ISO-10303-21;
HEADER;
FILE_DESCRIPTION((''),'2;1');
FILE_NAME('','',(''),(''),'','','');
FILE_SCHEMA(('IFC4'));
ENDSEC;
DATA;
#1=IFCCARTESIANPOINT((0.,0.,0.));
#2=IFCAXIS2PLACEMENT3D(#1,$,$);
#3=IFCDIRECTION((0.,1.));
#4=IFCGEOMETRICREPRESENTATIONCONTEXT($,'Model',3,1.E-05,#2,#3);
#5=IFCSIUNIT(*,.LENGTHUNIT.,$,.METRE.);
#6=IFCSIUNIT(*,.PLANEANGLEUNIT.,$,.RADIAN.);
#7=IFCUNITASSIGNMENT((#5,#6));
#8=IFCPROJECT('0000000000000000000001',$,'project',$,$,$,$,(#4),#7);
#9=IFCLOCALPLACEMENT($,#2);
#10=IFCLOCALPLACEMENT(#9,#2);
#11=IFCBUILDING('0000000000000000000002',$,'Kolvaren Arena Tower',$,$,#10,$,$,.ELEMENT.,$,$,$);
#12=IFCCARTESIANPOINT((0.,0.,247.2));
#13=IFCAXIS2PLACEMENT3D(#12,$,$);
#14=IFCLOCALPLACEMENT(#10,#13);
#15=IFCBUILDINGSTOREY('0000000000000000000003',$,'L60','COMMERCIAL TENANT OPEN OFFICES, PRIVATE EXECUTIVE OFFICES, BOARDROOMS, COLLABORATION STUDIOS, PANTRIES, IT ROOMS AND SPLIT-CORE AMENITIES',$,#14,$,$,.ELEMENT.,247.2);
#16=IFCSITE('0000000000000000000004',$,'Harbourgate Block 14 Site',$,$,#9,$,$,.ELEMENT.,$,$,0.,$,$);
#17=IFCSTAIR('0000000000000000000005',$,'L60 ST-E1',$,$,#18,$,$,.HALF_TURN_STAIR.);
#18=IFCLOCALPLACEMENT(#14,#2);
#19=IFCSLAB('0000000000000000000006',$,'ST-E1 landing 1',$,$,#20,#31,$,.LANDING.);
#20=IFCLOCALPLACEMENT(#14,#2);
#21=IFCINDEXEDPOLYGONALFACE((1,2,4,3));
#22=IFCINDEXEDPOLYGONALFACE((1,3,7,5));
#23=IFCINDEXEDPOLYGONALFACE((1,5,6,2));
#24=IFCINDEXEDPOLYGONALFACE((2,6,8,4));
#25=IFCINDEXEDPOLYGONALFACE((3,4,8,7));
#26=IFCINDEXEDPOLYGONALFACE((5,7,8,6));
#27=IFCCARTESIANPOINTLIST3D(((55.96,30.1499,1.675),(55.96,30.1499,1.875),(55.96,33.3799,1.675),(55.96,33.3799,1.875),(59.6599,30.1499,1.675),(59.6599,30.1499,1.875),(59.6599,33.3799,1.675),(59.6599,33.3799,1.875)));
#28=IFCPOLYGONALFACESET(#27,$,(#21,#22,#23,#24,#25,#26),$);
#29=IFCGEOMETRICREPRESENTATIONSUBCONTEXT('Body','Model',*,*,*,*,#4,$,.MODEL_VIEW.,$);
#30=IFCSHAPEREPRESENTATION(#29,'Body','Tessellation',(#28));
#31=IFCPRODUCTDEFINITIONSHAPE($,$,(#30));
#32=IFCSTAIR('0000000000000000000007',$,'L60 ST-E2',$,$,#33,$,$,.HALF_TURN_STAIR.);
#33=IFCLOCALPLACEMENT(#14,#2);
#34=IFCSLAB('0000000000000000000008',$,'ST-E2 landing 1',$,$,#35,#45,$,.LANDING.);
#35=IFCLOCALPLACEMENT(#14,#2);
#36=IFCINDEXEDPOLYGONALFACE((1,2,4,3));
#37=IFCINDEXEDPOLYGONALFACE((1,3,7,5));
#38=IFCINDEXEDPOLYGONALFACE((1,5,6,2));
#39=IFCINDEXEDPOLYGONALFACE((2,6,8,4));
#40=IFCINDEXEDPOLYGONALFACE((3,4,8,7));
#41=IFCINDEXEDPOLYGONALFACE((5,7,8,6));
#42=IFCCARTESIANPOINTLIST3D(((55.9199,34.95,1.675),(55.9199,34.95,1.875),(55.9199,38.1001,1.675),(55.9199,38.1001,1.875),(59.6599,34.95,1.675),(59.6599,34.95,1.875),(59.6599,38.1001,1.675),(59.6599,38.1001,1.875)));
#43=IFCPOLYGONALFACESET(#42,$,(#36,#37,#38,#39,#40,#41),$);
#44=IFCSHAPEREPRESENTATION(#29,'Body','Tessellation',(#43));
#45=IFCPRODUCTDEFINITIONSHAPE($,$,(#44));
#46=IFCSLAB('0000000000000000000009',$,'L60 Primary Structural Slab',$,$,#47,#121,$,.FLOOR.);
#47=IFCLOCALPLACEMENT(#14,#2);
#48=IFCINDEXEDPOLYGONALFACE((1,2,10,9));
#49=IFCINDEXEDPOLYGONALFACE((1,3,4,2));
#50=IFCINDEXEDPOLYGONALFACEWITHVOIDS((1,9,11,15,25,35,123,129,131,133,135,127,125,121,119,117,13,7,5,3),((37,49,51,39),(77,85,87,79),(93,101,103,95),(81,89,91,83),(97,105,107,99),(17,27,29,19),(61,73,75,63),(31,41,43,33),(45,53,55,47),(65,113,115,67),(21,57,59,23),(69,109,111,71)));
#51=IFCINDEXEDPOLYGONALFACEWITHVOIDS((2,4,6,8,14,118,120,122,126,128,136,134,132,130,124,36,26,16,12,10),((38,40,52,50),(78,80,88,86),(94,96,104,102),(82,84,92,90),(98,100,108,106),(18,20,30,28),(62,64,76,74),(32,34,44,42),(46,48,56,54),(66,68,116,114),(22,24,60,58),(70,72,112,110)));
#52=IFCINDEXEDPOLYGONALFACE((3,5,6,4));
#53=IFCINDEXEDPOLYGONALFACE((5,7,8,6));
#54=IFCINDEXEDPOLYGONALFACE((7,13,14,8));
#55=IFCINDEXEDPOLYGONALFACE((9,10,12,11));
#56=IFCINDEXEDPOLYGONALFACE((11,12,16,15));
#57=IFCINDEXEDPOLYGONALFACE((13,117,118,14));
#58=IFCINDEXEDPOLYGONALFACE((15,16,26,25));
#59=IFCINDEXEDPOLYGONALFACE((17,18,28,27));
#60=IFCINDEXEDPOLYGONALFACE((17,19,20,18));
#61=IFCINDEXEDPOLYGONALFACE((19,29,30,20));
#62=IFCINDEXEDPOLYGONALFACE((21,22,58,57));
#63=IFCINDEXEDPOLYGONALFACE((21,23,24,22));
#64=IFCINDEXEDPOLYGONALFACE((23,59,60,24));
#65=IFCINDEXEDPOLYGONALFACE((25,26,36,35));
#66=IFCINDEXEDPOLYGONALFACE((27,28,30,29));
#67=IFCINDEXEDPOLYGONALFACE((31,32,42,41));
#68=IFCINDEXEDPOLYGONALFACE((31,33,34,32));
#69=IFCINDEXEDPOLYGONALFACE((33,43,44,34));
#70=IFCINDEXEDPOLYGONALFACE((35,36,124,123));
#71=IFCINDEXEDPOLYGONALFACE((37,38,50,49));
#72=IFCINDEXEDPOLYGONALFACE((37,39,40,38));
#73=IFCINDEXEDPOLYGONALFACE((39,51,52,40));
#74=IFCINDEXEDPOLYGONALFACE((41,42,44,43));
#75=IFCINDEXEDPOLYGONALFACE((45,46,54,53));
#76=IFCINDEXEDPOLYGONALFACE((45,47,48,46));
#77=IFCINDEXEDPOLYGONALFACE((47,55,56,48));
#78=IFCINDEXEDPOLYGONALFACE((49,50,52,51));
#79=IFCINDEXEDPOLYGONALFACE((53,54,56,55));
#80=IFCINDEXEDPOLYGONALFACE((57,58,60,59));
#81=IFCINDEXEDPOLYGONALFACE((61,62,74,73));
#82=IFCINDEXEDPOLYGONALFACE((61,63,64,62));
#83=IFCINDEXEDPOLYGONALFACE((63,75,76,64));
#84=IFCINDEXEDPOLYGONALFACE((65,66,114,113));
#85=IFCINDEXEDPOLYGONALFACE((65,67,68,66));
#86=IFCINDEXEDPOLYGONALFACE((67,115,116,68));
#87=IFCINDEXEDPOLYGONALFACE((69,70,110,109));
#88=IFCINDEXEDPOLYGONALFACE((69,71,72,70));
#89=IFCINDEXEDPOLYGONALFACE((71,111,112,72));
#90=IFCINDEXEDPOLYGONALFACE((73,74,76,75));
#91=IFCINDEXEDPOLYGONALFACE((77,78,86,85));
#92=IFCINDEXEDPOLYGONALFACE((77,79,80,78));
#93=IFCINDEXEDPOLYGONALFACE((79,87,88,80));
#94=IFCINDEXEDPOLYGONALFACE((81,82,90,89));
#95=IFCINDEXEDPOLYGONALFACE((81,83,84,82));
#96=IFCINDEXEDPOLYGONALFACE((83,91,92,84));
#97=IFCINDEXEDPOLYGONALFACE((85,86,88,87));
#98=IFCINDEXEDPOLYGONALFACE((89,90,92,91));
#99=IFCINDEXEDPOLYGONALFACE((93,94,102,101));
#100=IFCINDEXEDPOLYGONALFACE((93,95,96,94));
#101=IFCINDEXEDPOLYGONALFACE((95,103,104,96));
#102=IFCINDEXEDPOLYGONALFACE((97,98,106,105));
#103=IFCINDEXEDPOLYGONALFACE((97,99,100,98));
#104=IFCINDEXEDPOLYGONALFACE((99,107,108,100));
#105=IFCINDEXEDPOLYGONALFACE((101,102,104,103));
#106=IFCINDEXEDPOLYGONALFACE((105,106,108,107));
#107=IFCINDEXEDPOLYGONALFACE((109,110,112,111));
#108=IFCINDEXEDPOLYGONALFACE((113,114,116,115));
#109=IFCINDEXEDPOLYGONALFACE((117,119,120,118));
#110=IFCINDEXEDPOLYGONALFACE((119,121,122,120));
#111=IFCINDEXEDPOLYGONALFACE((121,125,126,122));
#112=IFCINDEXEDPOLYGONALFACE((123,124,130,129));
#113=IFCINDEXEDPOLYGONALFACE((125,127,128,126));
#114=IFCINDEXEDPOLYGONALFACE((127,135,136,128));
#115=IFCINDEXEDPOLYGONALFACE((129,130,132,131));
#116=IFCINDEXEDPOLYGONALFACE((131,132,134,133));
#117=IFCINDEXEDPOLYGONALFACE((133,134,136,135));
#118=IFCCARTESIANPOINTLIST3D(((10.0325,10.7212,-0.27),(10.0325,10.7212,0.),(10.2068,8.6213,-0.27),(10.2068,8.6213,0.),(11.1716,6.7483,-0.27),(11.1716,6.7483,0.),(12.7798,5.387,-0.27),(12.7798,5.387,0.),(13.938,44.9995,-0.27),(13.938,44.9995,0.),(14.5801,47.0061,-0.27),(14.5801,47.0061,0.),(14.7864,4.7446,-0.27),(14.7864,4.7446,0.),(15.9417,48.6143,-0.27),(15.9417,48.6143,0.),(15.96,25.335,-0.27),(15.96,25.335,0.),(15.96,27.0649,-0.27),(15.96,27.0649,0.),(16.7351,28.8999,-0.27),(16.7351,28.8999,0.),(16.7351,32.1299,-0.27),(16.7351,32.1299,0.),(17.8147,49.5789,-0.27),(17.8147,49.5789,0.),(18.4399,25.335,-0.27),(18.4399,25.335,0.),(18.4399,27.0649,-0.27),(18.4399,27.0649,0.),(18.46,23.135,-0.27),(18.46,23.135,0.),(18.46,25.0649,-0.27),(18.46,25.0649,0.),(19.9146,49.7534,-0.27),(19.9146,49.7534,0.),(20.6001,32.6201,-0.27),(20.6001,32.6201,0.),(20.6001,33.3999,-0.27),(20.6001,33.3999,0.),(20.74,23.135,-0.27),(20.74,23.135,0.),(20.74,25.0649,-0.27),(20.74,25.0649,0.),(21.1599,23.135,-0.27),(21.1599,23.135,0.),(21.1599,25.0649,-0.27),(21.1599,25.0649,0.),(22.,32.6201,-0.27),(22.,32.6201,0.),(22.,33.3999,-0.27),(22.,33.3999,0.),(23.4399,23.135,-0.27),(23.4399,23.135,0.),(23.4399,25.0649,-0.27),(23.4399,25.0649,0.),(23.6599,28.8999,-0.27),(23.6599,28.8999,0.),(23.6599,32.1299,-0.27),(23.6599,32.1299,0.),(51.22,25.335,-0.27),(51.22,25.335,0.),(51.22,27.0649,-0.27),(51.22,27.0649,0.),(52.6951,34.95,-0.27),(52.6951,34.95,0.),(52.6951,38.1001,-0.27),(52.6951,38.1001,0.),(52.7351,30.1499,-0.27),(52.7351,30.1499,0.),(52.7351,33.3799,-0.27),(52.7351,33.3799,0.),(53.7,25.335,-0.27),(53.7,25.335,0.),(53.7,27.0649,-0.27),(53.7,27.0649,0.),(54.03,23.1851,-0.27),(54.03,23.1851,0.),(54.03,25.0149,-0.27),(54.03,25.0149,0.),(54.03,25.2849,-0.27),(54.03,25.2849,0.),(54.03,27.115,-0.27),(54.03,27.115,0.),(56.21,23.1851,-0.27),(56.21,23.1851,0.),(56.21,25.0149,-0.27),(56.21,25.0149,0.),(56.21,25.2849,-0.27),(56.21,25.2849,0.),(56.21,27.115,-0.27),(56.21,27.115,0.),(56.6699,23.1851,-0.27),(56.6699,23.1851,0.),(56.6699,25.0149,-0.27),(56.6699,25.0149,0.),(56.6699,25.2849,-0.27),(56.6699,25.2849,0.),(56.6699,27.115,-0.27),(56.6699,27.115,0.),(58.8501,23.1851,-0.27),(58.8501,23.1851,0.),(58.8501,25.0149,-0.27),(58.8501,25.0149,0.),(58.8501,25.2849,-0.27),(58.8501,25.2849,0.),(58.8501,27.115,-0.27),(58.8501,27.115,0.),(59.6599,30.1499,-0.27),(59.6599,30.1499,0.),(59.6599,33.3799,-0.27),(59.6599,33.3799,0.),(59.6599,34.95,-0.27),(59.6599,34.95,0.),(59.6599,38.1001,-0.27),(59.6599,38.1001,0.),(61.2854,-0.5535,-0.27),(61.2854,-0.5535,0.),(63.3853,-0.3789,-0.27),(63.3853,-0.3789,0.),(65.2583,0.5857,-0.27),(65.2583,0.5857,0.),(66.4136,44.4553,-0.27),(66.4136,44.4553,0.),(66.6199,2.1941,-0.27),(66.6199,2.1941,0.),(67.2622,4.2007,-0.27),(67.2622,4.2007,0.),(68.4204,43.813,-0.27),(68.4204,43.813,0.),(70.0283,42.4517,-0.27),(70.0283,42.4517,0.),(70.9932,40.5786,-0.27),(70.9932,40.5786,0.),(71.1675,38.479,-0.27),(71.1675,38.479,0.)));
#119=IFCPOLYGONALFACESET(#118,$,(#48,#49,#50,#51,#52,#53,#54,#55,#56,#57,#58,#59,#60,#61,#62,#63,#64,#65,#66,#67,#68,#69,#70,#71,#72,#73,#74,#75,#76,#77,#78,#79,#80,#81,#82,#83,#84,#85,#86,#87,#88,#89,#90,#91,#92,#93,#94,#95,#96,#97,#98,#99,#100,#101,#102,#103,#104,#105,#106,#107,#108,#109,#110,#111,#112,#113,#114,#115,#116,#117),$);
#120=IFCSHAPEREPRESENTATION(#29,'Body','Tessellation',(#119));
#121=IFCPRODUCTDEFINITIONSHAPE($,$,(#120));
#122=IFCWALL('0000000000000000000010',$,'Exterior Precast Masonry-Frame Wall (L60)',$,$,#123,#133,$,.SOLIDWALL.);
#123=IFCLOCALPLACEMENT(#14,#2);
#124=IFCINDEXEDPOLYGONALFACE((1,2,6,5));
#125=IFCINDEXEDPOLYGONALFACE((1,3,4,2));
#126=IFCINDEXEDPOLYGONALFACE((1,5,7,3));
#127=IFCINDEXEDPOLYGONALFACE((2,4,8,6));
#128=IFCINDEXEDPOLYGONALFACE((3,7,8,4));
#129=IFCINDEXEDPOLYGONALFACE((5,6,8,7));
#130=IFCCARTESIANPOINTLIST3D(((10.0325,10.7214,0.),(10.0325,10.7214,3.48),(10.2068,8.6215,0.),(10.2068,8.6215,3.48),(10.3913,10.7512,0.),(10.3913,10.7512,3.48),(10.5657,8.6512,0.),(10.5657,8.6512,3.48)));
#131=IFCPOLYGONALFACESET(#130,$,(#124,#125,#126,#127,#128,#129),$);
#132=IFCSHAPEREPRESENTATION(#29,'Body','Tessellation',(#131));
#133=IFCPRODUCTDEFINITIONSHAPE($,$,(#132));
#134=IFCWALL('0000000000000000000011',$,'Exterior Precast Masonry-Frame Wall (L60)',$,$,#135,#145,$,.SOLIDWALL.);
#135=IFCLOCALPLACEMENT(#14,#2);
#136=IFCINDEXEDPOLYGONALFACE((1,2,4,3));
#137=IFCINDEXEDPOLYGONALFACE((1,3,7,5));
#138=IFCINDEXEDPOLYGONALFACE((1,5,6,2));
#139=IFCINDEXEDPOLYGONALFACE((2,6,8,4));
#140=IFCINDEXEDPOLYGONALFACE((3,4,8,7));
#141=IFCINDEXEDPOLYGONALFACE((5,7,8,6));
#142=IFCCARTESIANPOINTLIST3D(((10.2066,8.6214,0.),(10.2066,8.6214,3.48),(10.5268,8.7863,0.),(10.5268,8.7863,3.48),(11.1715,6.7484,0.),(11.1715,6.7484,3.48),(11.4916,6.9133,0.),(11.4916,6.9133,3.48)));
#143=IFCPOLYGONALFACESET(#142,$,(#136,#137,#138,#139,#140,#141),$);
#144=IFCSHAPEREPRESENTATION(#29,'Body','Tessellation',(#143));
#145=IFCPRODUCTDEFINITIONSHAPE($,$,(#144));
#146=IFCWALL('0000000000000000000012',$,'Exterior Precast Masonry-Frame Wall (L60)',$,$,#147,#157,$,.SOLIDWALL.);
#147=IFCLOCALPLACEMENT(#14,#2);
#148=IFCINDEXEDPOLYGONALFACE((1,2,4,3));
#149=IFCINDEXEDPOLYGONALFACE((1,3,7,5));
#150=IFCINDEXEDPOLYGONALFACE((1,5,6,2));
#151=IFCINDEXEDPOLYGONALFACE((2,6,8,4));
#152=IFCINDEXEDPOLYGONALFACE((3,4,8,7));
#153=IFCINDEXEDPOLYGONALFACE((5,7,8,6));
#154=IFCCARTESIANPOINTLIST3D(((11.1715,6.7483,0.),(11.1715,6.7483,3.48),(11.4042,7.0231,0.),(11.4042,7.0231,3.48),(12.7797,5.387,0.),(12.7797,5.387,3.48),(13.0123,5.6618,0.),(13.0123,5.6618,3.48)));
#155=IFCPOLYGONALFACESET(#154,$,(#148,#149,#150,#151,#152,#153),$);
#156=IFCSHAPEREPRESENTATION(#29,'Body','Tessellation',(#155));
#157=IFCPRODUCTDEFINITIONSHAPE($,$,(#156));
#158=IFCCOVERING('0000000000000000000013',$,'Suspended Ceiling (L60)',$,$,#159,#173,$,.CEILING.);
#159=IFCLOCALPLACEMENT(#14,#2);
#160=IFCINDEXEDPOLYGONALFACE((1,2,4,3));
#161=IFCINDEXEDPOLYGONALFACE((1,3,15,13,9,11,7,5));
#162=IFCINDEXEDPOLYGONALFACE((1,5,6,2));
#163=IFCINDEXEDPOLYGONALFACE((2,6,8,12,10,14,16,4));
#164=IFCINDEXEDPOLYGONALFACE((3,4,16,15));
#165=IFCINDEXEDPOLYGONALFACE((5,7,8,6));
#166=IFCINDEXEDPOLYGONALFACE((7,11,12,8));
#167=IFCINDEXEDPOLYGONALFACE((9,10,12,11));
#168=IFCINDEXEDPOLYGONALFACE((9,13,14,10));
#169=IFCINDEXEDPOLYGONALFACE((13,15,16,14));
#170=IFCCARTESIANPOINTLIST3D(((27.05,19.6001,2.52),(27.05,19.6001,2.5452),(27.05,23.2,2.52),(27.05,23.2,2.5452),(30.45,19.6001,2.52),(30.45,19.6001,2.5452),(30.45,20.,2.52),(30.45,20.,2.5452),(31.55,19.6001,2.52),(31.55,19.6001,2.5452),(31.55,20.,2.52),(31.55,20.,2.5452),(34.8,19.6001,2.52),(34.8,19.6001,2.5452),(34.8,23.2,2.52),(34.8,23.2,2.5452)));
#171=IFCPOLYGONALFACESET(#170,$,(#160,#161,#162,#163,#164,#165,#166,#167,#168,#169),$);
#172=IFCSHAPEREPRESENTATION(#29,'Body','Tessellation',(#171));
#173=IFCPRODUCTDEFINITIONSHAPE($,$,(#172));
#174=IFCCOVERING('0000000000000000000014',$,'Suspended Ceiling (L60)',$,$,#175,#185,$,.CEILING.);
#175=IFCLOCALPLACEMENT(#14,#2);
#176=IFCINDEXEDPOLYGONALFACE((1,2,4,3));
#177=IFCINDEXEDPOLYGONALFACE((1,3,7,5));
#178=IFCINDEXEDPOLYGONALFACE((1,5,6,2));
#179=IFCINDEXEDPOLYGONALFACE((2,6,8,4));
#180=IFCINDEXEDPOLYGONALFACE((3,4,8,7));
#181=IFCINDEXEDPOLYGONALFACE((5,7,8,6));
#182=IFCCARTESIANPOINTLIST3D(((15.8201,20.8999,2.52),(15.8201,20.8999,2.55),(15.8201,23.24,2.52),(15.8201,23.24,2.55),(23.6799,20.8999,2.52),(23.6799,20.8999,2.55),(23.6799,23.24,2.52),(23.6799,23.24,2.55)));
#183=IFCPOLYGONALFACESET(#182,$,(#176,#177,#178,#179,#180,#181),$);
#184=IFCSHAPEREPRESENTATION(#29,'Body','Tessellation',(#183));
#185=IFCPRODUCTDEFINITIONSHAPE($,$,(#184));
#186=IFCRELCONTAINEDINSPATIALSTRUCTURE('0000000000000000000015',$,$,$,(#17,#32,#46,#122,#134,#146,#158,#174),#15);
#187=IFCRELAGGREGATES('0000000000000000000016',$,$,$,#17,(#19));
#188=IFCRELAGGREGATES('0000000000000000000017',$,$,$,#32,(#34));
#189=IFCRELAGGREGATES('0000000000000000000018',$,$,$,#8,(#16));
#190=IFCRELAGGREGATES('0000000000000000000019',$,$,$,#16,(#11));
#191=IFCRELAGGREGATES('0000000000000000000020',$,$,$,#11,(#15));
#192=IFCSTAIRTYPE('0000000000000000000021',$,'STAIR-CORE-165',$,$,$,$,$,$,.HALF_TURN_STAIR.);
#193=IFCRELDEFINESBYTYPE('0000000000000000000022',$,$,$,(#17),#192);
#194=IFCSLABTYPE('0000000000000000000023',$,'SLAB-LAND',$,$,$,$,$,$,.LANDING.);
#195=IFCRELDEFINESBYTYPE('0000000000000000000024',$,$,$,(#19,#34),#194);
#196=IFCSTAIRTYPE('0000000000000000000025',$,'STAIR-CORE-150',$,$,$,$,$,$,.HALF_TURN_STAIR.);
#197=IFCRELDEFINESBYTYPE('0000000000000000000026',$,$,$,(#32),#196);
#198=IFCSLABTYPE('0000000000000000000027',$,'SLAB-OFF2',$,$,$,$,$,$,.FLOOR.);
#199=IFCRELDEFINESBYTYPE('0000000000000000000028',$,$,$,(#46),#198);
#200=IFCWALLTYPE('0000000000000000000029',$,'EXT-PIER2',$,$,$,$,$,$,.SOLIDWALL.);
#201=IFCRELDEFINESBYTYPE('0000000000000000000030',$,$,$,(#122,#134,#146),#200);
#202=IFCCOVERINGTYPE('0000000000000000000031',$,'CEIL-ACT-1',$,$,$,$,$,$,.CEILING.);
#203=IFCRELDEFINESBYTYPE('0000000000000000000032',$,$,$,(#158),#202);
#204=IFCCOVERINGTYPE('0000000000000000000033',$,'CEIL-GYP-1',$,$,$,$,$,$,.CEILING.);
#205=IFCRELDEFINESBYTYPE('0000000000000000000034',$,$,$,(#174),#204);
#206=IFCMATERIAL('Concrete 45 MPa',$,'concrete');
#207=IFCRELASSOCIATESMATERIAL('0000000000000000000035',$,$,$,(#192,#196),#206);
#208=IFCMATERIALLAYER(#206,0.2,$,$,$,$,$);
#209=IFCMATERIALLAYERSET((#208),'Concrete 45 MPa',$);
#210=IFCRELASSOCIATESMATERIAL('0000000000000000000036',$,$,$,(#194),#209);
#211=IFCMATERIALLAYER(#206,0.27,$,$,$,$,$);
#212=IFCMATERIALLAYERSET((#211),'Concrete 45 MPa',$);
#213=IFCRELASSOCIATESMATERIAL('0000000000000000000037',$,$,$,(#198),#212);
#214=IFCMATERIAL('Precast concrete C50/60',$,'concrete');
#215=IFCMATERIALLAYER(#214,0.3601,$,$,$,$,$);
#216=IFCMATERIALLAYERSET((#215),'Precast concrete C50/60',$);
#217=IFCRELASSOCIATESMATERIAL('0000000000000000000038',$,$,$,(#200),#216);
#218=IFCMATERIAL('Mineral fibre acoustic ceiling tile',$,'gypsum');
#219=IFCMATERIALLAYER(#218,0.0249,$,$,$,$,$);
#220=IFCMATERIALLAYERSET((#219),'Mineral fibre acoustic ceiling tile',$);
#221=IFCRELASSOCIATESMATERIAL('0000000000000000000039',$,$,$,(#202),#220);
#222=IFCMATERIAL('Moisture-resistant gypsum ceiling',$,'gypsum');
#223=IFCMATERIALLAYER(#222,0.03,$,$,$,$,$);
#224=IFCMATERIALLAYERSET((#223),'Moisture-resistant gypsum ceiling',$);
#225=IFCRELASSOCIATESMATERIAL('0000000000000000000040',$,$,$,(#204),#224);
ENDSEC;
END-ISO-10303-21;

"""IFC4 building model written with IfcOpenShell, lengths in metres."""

from ifc_helpers import new_model, si_unit, direction, frame, frame_2d, origin, place, context, subcontext, project, spatial, polyline, rectangle, outline, extrude, material, layer, layer_set, type_object, element, aggregate, save


model = new_model("IFC4")

# Units and contexts
model_context = context("Model", 3, precision=1e-05, world=origin(), true_north=direction((0.0, 1.0)))
body_context = subcontext(model_context, "Body", "Model", "MODEL_VIEW")
ifc_project = project(units=[si_unit("LENGTHUNIT", "METRE"), si_unit("PLANEANGLEUNIT", "RADIAN")], contexts=[model_context])

# Site, building, storey
site_placement = place(None, origin())
site = spatial("IfcSite", under=ifc_project, at=site_placement, Name="Harbourgate Block 14 Site", CompositionType="ELEMENT", RefElevation=0.0)
building_placement = place(site_placement, origin())
building = spatial("IfcBuilding", under=site, at=building_placement, Name="Kolvaren Arena Tower", CompositionType="ELEMENT")
storey_placement = place(building_placement, frame((0.0, 0.0, 247.2)))
storey = spatial("IfcBuildingStorey", under=building, at=storey_placement, Name="L60", Description="COMMERCIAL TENANT OPEN OFFICES, PRIVATE EXECUTIVE OFFICES, BOARDROOMS, COLLABORATION STUDIOS, PANTRIES, IT ROOMS AND SPLIT-CORE AMENITIES", CompositionType="ELEMENT", Elevation=247.2)

# Stairs, slabs
ifc_material_1 = material(Name="Concrete 45 MPa", Category="concrete")
stair_type_1 = type_object("IfcStairType", Name="STAIR-CORE-165", PredefinedType="HALF_TURN_STAIR", material=ifc_material_1)
ifc_layer_1 = layer(ifc_material_1, 0.2)
ifc_layer_set_1 = layer_set([ifc_layer_1], Name="Concrete 45 MPa")
slab_type_1 = type_object("IfcSlabType", Name="SLAB-LAND", PredefinedType="LANDING", material=ifc_layer_set_1)
stair_1_placement = place(storey_placement, origin())
stair_1 = element("IfcStair", 1, at=stair_1_placement, inside=storey, type_object=stair_type_1, Name="L60 ST-E1", PredefinedType="HALF_TURN_STAIR")
slab_1_placement = place(storey_placement, frame((0.0, 0.0, 1.675)))
slab_1 = element("IfcSlab", 2, at=slab_1_placement, type_object=slab_type_1, Name="ST-E1 landing 1", PredefinedType="LANDING", context=body_context, shape_type="SweptSolid", body=[
    extrude(outline(polyline([(55.96, 30.1499), (59.6599, 30.1499), (59.6599, 33.3799), (55.96, 33.3799), (55.96, 30.1499)])), origin(), (0.0, 0.0, 1.0), 0.2),
])
aggregate(stair_1, [slab_1])
stair_type_2 = type_object("IfcStairType", Name="STAIR-CORE-150", PredefinedType="HALF_TURN_STAIR", material=ifc_material_1)
stair_2_placement = place(storey_placement, origin())
stair_2 = element("IfcStair", 3, at=stair_2_placement, inside=storey, type_object=stair_type_2, Name="L60 ST-E2", PredefinedType="HALF_TURN_STAIR")
slab_2_placement = place(storey_placement, frame((0.0, 0.0, 1.675)))
slab_2 = element("IfcSlab", 4, at=slab_2_placement, type_object=slab_type_1, Name="ST-E2 landing 1", PredefinedType="LANDING", context=body_context, shape_type="SweptSolid", body=[
    extrude(outline(polyline([(55.9199, 34.95), (59.6599, 34.95), (59.6599, 38.1001), (55.9199, 38.1001), (55.9199, 34.95)])), origin(), (0.0, 0.0, 1.0), 0.2),
])
aggregate(stair_2, [slab_2])

# Slab
ifc_layer_2 = layer(ifc_material_1, 0.27)
ifc_layer_set_2 = layer_set([ifc_layer_2], Name="Concrete 45 MPa")
slab_type_2 = type_object("IfcSlabType", Name="SLAB-OFF2", PredefinedType="FLOOR", material=ifc_layer_set_2)
slab_3_placement = place(storey_placement, frame((0.0, 0.0, -0.27)))
element("IfcSlab", 5, at=slab_3_placement, inside=storey, type_object=slab_type_2, Name="L60 Primary Structural Slab", PredefinedType="FLOOR", context=body_context, shape_type="SweptSolid", body=[
    extrude(outline(polyline([(61.2854, -0.5535), (63.3853, -0.3789), (65.2583, 0.5857), (66.6199, 2.1941), (67.2622, 4.2007), (71.1675, 38.479), (70.9932, 40.5786), (70.0283, 42.4517), (68.4204, 43.813), (66.4136, 44.4553), (19.9146, 49.7534), (17.8147, 49.5789), (15.9417, 48.6143), (14.5801, 47.0061), (13.938, 44.9995), (10.0325, 10.7212), (10.2068, 8.6213), (11.1716, 6.7483), (12.7798, 5.387), (14.7864, 4.7446), (61.2854, -0.5535)]), holes=[polyline([(20.74, 23.135), (18.46, 23.135), (18.46, 25.0649), (20.74, 25.0649), (20.74, 23.135)]), polyline([(21.1599, 23.135), (21.1599, 25.0649), (23.4399, 25.0649), (23.4399, 23.135), (21.1599, 23.135)]), polyline([(56.21, 23.1851), (54.03, 23.1851), (54.03, 25.0149), (56.21, 25.0149), (56.21, 23.1851)]), polyline([(56.6699, 23.1851), (56.6699, 25.0149), (58.8501, 25.0149), (58.8501, 23.1851), (56.6699, 23.1851)]), polyline([(54.03, 25.2849), (54.03, 27.115), (56.21, 27.115), (56.21, 25.2849), (54.03, 25.2849)]), polyline([(58.8501, 25.2849), (56.6699, 25.2849), (56.6699, 27.115), (58.8501, 27.115), (58.8501, 25.2849)]), polyline([(15.96, 25.335), (15.96, 27.0649), (18.4399, 27.0649), (18.4399, 25.335), (15.96, 25.335)]), polyline([(53.7, 25.335), (51.22, 25.335), (51.22, 27.0649), (53.7, 27.0649), (53.7, 25.335)]), polyline([(16.7351, 28.8999), (16.7351, 32.1299), (23.6599, 32.1299), (23.6599, 28.8999), (16.7351, 28.8999)]), polyline([(52.7351, 30.1499), (52.7351, 33.3799), (59.6599, 33.3799), (59.6599, 30.1499), (52.7351, 30.1499)]), polyline([(20.6001, 32.6201), (20.6001, 33.3999), (22.0, 33.3999), (22.0, 32.6201), (20.6001, 32.6201)]), polyline([(52.6951, 34.95), (52.6951, 38.1001), (59.6599, 38.1001), (59.6599, 34.95), (52.6951, 34.95)])]), origin(), (0.0, 0.0, 1.0), 0.27),
])

# Walls
ifc_material_2 = material(Name="Precast concrete C50/60", Category="concrete")
ifc_layer_3 = layer(ifc_material_2, 0.3601)
ifc_layer_set_3 = layer_set([ifc_layer_3], Name="Precast concrete C50/60")
wall_type = type_object("IfcWallType", Name="EXT-PIER2", PredefinedType="SOLIDWALL", material=ifc_layer_set_3)
wall_placement = place(storey_placement, frame((10.3862, 8.6362, 0.0), z_axis=(0.0, 0.0, 1.0), x_axis=(-0.082729, 0.996572, 0.0)))
element("IfcWall", 6, at=wall_placement, inside=storey, type_object=wall_type, Name="Exterior Precast Masonry-Frame Wall (L60)", PredefinedType="SOLIDWALL", context=body_context, shape_type="SweptSolid", body=[
    extrude(rectangle(XDim=2.1072, YDim=0.3601, at=frame_2d((1.0537, 0.0))), origin(), (0.0, 0.0, 1.0), 3.48),
])
for number, where, z_axis, x_axis, name in (
    (7, (11.3315, 6.8308, 0.0), (0.0, 0.0, 1.0), (-0.457934, 0.888986, 0.0), "Exterior Precast Masonry-Frame Wall (L60)"),
    (8, (12.896, 5.5244, 0.0), (0.0, 0.0, 1.0), (-0.76325, 0.646103, 0.0), "Exterior Precast Masonry-Frame Wall (L60)"),
):
    element("IfcWall", number, at=place(storey_placement, frame(where, z_axis=z_axis, x_axis=x_axis)), inside=storey, type_object=wall_type, Name=name, PredefinedType="SOLIDWALL", context=body_context, shape_type="SweptSolid", body=[
        extrude(rectangle(XDim=2.1069, YDim=0.3601, at=frame_2d((1.0535, 0.0))), origin(), (0.0, 0.0, 1.0), 3.48),
    ])

# Coverings
ifc_material_3 = material(Name="Mineral fibre acoustic ceiling tile", Category="gypsum")
ifc_layer_4 = layer(ifc_material_3, 0.0249)
ifc_layer_set_4 = layer_set([ifc_layer_4], Name="Mineral fibre acoustic ceiling tile")
covering_type_1 = type_object("IfcCoveringType", Name="CEIL-ACT-1", PredefinedType="CEILING", material=ifc_layer_set_4)
covering_1_placement = place(storey_placement, frame((0.0, 0.0, 2.52)))
element("IfcCovering", 9, at=covering_1_placement, inside=storey, type_object=covering_type_1, Name="Suspended Ceiling (L60)", PredefinedType="CEILING", context=body_context, shape_type="SweptSolid", body=[
    extrude(outline(polyline([(27.05, 19.6001), (27.05, 23.2), (34.8, 23.2), (34.8, 19.6001), (31.55, 19.6001), (31.55, 20.0), (30.45, 20.0), (30.45, 19.6001), (27.05, 19.6001)])), origin(), (0.0, 0.0, 1.0), 0.0251),
])
ifc_material_4 = material(Name="Moisture-resistant gypsum ceiling", Category="gypsum")
ifc_layer_5 = layer(ifc_material_4, 0.03)
ifc_layer_set_5 = layer_set([ifc_layer_5], Name="Moisture-resistant gypsum ceiling")
covering_type_2 = type_object("IfcCoveringType", Name="CEIL-GYP-1", PredefinedType="CEILING", material=ifc_layer_set_5)
covering_2_placement = place(storey_placement, frame((0.0, 0.0, 2.52)))
element("IfcCovering", 10, at=covering_2_placement, inside=storey, type_object=covering_type_2, Name="Suspended Ceiling (L60)", PredefinedType="CEILING", context=body_context, shape_type="SweptSolid", body=[
    extrude(outline(polyline([(15.8201, 20.8999), (15.8201, 23.24), (23.6799, 23.24), (23.6799, 20.8999), (15.8201, 20.8999)])), origin(), (0.0, 0.0, 1.0), 0.03),
])

save(model, "model.ifc")
